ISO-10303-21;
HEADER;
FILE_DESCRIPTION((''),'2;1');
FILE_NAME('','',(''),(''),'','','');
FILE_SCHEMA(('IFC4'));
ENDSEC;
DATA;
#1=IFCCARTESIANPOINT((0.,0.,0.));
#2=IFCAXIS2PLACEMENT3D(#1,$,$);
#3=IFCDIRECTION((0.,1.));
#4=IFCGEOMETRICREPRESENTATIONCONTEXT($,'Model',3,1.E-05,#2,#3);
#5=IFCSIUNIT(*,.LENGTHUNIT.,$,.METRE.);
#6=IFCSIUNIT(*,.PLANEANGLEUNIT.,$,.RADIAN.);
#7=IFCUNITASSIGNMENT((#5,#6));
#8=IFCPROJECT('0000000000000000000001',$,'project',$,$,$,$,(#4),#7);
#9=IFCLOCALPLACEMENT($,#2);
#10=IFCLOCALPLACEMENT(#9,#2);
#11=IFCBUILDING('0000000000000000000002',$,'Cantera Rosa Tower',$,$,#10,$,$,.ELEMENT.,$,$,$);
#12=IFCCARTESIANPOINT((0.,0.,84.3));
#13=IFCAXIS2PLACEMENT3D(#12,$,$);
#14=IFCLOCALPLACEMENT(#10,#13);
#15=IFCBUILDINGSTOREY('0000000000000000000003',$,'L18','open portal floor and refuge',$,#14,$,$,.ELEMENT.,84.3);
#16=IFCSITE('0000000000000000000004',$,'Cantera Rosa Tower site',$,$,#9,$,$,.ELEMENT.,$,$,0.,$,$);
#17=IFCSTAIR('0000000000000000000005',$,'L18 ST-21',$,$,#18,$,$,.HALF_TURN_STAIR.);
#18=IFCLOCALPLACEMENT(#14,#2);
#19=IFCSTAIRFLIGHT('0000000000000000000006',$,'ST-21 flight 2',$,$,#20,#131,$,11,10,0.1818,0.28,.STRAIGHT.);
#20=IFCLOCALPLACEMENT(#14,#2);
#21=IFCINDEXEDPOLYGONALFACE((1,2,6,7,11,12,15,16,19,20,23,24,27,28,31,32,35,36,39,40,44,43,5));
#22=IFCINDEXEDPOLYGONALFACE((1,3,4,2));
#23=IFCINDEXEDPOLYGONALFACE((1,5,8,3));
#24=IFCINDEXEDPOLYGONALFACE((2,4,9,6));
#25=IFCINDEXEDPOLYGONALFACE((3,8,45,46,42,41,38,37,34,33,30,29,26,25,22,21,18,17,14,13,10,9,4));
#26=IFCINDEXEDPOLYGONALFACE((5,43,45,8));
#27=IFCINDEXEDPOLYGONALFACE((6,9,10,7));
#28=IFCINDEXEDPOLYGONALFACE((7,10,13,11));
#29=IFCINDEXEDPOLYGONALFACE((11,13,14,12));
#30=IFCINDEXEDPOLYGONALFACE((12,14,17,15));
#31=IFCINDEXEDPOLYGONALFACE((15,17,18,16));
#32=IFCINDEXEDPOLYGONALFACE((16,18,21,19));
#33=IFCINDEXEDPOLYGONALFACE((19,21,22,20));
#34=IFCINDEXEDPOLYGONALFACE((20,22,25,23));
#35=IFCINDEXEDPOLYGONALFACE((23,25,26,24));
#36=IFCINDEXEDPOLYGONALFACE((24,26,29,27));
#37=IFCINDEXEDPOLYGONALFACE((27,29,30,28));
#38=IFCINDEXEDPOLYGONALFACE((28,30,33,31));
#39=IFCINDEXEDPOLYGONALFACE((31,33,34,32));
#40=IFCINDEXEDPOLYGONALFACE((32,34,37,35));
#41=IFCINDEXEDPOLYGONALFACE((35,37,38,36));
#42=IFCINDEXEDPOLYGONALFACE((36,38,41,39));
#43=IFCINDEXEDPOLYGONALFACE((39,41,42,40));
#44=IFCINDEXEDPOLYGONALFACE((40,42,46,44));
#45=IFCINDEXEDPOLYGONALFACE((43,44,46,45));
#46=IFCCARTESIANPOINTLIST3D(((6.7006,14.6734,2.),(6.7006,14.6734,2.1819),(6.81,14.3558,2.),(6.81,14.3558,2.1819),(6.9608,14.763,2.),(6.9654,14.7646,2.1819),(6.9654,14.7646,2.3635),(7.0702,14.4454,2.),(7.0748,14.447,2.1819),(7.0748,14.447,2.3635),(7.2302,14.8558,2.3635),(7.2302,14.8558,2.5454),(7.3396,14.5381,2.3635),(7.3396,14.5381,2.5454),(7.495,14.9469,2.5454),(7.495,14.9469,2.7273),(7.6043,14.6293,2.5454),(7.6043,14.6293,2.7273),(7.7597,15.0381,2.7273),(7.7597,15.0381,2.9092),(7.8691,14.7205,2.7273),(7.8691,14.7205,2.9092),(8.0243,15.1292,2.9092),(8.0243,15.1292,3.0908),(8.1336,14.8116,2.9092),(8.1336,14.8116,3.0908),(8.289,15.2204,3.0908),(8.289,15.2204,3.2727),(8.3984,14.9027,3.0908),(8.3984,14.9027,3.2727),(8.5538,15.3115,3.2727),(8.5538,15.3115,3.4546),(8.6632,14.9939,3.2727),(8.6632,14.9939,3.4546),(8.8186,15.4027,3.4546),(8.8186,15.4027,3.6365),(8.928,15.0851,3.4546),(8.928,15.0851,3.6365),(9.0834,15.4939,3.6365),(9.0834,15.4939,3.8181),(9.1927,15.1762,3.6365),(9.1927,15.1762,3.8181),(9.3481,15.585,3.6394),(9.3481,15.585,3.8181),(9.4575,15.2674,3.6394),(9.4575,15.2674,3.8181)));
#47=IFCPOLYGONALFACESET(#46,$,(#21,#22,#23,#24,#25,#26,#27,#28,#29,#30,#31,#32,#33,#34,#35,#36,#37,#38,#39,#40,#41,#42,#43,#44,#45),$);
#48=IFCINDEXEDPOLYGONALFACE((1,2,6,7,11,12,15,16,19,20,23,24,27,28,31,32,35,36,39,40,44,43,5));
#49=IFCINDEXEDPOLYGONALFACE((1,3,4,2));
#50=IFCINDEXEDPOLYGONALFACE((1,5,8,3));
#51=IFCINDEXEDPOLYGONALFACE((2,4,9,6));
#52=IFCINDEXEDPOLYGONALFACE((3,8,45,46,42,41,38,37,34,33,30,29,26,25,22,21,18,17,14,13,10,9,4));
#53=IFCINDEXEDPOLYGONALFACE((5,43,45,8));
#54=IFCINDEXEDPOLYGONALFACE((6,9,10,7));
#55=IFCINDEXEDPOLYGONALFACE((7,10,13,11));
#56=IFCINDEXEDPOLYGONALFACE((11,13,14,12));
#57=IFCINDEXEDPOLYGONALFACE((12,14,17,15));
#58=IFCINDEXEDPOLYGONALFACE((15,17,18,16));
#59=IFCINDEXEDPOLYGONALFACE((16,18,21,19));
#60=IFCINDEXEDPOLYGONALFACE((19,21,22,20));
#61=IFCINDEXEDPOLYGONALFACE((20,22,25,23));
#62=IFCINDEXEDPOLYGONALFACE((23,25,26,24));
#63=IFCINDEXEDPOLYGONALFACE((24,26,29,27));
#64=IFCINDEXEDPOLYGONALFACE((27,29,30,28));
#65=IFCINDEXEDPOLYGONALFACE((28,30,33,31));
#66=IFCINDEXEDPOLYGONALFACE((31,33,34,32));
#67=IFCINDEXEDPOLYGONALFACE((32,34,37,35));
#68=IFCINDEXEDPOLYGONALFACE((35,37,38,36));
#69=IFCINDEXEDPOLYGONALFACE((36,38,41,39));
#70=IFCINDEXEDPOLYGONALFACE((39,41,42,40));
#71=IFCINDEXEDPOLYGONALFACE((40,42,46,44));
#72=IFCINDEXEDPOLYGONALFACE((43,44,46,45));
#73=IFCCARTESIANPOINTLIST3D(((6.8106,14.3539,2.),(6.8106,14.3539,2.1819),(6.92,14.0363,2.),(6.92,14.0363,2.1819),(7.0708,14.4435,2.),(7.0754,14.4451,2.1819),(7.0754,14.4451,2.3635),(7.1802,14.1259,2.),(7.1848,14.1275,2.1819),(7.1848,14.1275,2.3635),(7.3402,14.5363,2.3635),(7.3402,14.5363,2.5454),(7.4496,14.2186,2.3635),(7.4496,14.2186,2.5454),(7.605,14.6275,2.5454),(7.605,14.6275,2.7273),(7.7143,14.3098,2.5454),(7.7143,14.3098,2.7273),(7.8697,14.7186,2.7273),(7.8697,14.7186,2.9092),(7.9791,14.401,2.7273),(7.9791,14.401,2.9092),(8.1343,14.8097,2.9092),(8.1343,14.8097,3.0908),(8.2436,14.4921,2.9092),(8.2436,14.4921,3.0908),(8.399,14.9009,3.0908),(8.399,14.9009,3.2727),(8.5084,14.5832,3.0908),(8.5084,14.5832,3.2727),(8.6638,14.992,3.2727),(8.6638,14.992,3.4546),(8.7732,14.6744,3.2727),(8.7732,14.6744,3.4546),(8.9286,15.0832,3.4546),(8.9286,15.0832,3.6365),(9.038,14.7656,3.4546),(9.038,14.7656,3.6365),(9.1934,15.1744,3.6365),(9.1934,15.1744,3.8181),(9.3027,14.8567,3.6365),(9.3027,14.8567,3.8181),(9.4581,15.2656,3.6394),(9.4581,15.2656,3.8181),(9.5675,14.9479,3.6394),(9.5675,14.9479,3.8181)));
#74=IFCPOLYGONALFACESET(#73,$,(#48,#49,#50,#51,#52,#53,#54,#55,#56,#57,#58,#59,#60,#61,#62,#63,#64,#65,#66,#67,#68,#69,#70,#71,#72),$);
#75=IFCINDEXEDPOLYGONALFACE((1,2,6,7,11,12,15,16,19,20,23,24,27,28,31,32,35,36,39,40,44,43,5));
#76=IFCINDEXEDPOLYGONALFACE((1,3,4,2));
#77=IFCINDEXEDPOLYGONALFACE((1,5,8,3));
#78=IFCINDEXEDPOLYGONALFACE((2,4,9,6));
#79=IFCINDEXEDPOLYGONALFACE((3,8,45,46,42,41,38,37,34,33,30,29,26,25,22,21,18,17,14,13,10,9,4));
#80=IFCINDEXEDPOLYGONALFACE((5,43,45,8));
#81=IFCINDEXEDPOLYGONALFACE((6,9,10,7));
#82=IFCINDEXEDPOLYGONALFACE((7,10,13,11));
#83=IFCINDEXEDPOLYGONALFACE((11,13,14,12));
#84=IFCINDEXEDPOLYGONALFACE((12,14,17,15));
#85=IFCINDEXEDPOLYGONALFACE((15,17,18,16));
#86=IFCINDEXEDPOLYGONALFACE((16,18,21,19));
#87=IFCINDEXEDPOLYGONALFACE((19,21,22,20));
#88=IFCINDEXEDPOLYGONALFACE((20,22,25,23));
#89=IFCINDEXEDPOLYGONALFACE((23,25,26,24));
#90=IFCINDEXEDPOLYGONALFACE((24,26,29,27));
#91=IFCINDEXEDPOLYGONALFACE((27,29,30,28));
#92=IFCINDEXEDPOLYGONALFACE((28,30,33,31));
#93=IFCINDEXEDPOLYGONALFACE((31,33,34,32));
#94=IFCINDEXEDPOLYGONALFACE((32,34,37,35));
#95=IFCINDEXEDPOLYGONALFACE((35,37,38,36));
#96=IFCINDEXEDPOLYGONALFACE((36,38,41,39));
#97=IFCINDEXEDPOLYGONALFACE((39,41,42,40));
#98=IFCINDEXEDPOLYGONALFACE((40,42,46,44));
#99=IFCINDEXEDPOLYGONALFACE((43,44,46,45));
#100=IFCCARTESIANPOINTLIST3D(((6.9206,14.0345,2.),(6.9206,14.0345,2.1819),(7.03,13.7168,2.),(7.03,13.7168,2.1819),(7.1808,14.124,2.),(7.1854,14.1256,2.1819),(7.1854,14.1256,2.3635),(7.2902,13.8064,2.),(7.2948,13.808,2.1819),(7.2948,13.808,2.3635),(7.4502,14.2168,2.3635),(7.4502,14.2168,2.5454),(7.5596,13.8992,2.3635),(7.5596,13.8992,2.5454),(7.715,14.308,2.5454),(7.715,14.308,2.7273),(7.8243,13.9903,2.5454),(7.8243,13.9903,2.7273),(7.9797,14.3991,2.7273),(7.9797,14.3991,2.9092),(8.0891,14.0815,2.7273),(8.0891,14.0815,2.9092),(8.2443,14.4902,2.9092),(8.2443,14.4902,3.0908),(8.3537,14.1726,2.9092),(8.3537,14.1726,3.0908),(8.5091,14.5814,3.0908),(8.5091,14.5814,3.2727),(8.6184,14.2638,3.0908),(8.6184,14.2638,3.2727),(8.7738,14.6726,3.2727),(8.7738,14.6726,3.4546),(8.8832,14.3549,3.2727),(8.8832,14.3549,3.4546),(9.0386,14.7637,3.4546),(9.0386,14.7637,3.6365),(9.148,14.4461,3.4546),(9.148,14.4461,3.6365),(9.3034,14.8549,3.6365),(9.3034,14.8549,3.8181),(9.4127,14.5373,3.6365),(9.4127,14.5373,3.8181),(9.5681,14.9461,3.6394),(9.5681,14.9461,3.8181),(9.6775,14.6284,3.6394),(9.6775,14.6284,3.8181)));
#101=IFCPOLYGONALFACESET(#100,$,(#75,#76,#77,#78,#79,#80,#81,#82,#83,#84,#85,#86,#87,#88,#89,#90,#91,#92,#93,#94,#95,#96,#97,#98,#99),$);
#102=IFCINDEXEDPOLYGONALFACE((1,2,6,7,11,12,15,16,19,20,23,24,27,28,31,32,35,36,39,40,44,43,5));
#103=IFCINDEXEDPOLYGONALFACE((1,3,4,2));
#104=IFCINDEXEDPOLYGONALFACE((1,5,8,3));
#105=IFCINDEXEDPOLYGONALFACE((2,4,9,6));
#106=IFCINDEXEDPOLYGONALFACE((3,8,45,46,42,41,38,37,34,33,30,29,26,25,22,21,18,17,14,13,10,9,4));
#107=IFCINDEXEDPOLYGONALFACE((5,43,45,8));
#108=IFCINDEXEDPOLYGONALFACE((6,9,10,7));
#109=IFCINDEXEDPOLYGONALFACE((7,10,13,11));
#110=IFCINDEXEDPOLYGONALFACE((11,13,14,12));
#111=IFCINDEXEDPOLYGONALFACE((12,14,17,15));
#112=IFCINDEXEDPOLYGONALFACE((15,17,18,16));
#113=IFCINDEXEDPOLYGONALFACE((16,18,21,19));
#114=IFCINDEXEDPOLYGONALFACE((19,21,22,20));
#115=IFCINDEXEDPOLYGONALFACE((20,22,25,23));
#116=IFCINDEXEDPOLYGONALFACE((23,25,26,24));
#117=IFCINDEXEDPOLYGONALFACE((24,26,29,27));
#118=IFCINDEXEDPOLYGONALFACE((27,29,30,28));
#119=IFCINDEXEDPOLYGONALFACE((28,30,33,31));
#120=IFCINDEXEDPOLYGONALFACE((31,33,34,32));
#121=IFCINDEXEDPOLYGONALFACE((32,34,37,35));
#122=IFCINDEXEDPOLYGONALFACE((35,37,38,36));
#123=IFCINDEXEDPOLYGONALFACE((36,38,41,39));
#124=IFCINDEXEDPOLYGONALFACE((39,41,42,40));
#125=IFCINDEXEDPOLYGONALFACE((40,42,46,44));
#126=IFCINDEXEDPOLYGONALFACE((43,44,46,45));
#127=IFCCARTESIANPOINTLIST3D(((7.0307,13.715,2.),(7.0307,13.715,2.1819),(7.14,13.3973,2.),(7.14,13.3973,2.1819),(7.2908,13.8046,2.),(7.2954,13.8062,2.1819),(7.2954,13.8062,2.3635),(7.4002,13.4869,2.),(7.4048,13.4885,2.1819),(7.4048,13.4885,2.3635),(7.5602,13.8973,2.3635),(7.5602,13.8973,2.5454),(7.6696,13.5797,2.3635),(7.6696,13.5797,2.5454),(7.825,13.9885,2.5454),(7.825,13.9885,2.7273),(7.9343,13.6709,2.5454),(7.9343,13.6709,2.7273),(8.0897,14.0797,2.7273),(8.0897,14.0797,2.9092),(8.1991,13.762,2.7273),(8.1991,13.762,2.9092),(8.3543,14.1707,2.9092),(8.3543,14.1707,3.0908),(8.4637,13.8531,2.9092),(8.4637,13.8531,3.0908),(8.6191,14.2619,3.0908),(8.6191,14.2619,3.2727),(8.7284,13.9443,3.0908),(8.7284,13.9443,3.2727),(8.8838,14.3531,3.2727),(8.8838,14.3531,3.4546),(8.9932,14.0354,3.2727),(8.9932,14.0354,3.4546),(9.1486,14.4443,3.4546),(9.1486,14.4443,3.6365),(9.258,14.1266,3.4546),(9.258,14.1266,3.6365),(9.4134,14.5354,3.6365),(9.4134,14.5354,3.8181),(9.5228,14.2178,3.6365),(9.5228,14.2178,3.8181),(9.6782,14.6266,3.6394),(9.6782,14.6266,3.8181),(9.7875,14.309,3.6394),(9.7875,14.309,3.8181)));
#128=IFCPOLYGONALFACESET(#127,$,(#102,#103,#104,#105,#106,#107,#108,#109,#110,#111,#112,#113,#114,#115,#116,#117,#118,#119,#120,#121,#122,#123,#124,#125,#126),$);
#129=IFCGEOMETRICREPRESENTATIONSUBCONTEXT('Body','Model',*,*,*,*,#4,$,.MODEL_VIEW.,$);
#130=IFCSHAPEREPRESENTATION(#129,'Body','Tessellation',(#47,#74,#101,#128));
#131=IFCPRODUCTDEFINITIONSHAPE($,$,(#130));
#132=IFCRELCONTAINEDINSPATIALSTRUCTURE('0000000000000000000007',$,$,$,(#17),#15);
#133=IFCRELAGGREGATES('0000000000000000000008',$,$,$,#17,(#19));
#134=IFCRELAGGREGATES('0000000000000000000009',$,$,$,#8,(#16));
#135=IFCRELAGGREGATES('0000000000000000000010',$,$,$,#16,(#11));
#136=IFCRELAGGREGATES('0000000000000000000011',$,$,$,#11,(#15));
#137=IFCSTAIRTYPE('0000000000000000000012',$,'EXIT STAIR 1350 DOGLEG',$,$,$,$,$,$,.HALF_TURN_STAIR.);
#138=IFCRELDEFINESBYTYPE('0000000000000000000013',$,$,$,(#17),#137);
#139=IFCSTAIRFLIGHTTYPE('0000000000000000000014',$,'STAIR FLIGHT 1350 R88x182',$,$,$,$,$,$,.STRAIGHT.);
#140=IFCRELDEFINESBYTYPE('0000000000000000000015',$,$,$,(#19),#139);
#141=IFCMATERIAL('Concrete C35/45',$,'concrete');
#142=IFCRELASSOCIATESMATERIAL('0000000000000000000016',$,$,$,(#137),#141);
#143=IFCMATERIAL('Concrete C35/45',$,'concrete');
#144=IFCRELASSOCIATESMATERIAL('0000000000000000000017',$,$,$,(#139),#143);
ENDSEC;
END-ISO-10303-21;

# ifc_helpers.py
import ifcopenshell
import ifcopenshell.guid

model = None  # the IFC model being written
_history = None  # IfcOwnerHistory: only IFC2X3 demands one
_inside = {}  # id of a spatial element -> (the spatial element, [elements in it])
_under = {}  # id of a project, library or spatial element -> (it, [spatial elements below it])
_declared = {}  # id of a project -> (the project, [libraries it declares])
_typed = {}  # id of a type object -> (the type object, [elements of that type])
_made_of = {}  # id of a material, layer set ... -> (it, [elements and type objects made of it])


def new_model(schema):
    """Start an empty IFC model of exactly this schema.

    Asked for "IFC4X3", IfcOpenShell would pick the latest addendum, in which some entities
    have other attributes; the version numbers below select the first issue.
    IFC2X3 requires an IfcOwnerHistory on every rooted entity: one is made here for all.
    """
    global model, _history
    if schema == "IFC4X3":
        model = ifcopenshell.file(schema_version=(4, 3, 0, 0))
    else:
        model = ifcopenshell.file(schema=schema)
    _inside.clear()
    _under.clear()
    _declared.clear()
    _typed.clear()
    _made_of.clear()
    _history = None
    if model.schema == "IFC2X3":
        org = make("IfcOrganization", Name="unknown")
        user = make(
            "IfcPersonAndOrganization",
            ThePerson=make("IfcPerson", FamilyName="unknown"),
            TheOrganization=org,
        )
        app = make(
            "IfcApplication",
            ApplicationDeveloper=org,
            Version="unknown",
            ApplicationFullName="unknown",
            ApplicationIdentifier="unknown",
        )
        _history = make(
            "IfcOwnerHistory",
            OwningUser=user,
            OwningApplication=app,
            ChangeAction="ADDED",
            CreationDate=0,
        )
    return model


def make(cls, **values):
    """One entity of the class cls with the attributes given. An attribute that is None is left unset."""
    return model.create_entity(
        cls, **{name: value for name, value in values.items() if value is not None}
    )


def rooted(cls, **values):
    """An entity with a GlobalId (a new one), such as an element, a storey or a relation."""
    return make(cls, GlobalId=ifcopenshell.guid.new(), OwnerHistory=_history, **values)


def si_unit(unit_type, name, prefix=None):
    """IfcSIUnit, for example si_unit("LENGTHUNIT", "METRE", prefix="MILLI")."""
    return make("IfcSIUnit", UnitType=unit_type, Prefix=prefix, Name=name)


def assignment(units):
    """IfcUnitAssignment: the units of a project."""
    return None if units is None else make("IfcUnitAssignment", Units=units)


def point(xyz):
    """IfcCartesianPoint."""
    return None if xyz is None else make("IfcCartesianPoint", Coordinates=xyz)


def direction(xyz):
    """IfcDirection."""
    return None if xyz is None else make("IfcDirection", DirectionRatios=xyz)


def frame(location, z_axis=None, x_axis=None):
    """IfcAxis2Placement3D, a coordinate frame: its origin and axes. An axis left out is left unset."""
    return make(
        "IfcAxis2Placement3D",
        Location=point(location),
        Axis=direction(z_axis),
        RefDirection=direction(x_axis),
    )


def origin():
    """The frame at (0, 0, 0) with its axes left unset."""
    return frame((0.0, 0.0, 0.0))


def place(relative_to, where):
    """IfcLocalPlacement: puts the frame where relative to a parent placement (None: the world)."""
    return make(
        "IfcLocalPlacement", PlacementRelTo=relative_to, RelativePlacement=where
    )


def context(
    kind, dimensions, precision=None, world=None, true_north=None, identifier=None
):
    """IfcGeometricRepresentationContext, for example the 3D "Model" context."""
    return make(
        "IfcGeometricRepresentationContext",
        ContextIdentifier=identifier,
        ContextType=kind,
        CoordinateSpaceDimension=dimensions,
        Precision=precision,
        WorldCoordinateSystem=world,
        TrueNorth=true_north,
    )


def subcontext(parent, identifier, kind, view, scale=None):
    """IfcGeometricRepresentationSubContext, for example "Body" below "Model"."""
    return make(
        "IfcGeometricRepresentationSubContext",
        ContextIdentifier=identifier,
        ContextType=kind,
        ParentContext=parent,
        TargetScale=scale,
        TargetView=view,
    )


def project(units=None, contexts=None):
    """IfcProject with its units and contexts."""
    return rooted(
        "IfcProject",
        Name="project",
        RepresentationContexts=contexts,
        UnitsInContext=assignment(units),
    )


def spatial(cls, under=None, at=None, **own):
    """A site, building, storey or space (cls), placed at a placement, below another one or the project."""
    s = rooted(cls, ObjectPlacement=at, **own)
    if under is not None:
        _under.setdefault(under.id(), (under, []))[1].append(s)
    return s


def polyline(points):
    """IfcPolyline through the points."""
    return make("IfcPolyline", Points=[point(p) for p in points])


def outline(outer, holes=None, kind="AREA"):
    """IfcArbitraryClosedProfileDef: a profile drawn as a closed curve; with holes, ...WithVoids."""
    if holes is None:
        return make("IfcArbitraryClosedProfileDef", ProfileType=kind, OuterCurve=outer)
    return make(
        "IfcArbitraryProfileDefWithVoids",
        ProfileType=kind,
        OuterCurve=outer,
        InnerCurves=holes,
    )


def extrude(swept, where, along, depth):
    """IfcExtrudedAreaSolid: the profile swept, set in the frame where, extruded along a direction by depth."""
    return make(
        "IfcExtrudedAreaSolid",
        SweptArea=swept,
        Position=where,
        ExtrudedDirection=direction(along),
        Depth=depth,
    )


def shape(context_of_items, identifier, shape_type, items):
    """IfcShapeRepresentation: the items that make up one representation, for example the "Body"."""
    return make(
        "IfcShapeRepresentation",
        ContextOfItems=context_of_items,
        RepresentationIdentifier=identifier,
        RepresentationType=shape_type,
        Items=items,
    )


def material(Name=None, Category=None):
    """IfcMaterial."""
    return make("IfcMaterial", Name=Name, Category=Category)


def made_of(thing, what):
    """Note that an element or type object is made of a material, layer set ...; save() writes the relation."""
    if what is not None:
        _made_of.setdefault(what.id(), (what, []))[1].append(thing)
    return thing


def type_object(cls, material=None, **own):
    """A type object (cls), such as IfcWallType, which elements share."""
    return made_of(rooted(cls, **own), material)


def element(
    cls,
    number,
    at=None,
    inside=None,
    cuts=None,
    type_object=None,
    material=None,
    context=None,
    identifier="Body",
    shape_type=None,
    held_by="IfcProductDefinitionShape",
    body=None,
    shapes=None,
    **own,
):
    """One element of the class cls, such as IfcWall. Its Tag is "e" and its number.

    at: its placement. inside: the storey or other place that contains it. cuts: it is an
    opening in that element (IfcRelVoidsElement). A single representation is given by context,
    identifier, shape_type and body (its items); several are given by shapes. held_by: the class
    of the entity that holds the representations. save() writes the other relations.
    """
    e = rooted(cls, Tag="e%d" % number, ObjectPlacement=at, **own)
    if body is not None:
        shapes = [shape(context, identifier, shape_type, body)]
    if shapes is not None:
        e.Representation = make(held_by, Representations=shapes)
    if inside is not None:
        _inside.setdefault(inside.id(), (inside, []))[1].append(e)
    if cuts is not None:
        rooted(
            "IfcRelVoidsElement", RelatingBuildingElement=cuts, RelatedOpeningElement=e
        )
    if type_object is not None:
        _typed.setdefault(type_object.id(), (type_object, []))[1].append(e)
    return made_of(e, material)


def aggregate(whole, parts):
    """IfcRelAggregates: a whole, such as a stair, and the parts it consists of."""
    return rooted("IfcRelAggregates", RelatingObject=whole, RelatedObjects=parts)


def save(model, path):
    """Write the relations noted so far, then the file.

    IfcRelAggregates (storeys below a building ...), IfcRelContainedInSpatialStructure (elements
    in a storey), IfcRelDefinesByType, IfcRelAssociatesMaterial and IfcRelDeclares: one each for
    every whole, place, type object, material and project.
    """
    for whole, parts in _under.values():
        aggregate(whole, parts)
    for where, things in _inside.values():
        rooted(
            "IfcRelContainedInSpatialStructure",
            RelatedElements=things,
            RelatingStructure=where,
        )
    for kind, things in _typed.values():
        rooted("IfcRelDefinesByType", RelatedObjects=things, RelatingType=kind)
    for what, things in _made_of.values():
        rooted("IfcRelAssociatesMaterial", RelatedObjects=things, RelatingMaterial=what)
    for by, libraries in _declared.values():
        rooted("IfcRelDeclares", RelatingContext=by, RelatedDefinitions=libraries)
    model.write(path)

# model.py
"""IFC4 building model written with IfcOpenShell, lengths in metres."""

from ifc_helpers import new_model, si_unit, direction, frame, origin, place, context, subcontext, project, spatial, polyline, outline, extrude, material, type_object, element, aggregate, save


model = new_model("IFC4")

# Units and contexts
model_context = context("Model", 3, precision=1e-05, world=origin(), true_north=direction((0.0, 1.0)))
body_context = subcontext(model_context, "Body", "Model", "MODEL_VIEW")
ifc_project = project(units=[si_unit("LENGTHUNIT", "METRE"), si_unit("PLANEANGLEUNIT", "RADIAN")], contexts=[model_context])

# Site, building, storey
site_placement = place(None, origin())
site = spatial("IfcSite", under=ifc_project, at=site_placement, Name="Cantera Rosa Tower site", CompositionType="ELEMENT", RefElevation=0.0)
building_placement = place(site_placement, origin())
building = spatial("IfcBuilding", under=site, at=building_placement, Name="Cantera Rosa Tower", CompositionType="ELEMENT")
storey_placement = place(building_placement, frame((0.0, 0.0, 84.3)))
storey = spatial("IfcBuildingStorey", under=building, at=storey_placement, Name="L18", Description="open portal floor and refuge", CompositionType="ELEMENT", Elevation=84.3)

# Shared definitions
ifc_material_1 = material(Name="Concrete C35/45", Category="concrete")
stair_type = type_object("IfcStairType", Name="EXIT STAIR 1350 DOGLEG", PredefinedType="HALF_TURN_STAIR", material=ifc_material_1)

# Stair, stair flight
stair_1_placement = place(storey_placement, origin())
stair_1 = element("IfcStair", 1, at=stair_1_placement, inside=storey, type_object=stair_type, Name="L18 ST-21", PredefinedType="HALF_TURN_STAIR")
ifc_material_2 = material(Name="Concrete C35/45", Category="concrete")
stair_flight_type = type_object("IfcStairFlightType", Name="STAIR FLIGHT 1350 R88x182", PredefinedType="STRAIGHT", material=ifc_material_2)
stair_flight_placement = place(storey_placement, frame((6.9204, 14.0352, 2.0), z_axis=(0.0, 0.0, 1.0), x_axis=(0.945519, 0.325568, 0.0)))
stair_flight = element("IfcStairFlight", 2, at=stair_flight_placement, type_object=stair_flight_type, Name="ST-21 flight 2", NumberOfRisers=11, NumberOfTreads=10, PredefinedType="STRAIGHT", RiserHeight=0.1818, TreadLength=0.28, context=body_context, shape_type="SweptSolid", body=[
    extrude(outline(polyline([(0.0, 0.0), (0.0, 0.1819), (0.28, 0.1819), (0.28, 0.3635), (0.5601, 0.3635), (0.5601, 0.5454), (0.8401, 0.5454), (0.8401, 0.7273), (1.1201, 0.7273), (1.1201, 0.9092), (1.3999, 0.9092), (1.3999, 1.0908), (1.6799, 1.0908), (1.6799, 1.2727), (1.96, 1.2727), (1.96, 1.4546), (2.24, 1.4546), (2.24, 1.6365), (2.52, 1.6365), (2.52, 1.8181), (2.8, 1.8181), (2.8, 2.0), (2.8, 1.6394), (0.2751, 0.0), (0.0, 0.0)])), frame((0.0, 0.675, 0.0), z_axis=(0.0, -1.0, 0.0), x_axis=(1.0, 0.0, 0.0)), (0.0, 0.0, 1.0), 0.3359),
    extrude(outline(polyline([(0.0, 0.0), (0.0, 0.1819), (0.28, 0.1819), (0.28, 0.3635), (0.5601, 0.3635), (0.5601, 0.5454), (0.8401, 0.5454), (0.8401, 0.7273), (1.1201, 0.7273), (1.1201, 0.9092), (1.3999, 0.9092), (1.3999, 1.0908), (1.6799, 1.0908), (1.6799, 1.2727), (1.96, 1.2727), (1.96, 1.4546), (2.24, 1.4546), (2.24, 1.6365), (2.52, 1.6365), (2.52, 1.8181), (2.8, 1.8181), (2.8, 2.0), (2.8, 1.6394), (0.2751, 0.0), (0.0, 0.0)])), frame((0.0, 0.3372, 0.0), z_axis=(0.0, -1.0, 0.0), x_axis=(1.0, 0.0, 0.0)), (0.0, 0.0, 1.0), 0.3359),
    extrude(outline(polyline([(0.0, 0.0), (0.0, 0.1819), (0.28, 0.1819), (0.28, 0.3635), (0.5601, 0.3635), (0.5601, 0.5454), (0.8401, 0.5454), (0.8401, 0.7273), (1.1201, 0.7273), (1.1201, 0.9092), (1.3999, 0.9092), (1.3999, 1.0908), (1.6799, 1.0908), (1.6799, 1.2727), (1.96, 1.2727), (1.96, 1.4546), (2.24, 1.4546), (2.24, 1.6365), (2.52, 1.6365), (2.52, 1.8181), (2.8, 1.8181), (2.8, 2.0), (2.8, 1.6394), (0.2751, 0.0), (0.0, 0.0)])), frame((0.0, -0.0007, 0.0), z_axis=(0.0, -1.0, 0.0), x_axis=(1.0, 0.0, 0.0)), (0.0, 0.0, 1.0), 0.3359),
    extrude(outline(polyline([(0.0, 0.0), (0.0, 0.1819), (0.28, 0.1819), (0.28, 0.3635), (0.5601, 0.3635), (0.5601, 0.5454), (0.8401, 0.5454), (0.8401, 0.7273), (1.1201, 0.7273), (1.1201, 0.9092), (1.3999, 0.9092), (1.3999, 1.0908), (1.6799, 1.0908), (1.6799, 1.2727), (1.96, 1.2727), (1.96, 1.4546), (2.24, 1.4546), (2.24, 1.6365), (2.52, 1.6365), (2.52, 1.8181), (2.8, 1.8181), (2.8, 2.0), (2.8, 1.6394), (0.2751, 0.0), (0.0, 0.0)])), frame((0.0, -0.3386, 0.0), z_axis=(0.0, -1.0, 0.0), x_axis=(1.0, 0.0, 0.0)), (0.0, 0.0, 1.0), 0.3359),
])
aggregate(stair_1, [stair_flight])

save(model, "model.ifc")
